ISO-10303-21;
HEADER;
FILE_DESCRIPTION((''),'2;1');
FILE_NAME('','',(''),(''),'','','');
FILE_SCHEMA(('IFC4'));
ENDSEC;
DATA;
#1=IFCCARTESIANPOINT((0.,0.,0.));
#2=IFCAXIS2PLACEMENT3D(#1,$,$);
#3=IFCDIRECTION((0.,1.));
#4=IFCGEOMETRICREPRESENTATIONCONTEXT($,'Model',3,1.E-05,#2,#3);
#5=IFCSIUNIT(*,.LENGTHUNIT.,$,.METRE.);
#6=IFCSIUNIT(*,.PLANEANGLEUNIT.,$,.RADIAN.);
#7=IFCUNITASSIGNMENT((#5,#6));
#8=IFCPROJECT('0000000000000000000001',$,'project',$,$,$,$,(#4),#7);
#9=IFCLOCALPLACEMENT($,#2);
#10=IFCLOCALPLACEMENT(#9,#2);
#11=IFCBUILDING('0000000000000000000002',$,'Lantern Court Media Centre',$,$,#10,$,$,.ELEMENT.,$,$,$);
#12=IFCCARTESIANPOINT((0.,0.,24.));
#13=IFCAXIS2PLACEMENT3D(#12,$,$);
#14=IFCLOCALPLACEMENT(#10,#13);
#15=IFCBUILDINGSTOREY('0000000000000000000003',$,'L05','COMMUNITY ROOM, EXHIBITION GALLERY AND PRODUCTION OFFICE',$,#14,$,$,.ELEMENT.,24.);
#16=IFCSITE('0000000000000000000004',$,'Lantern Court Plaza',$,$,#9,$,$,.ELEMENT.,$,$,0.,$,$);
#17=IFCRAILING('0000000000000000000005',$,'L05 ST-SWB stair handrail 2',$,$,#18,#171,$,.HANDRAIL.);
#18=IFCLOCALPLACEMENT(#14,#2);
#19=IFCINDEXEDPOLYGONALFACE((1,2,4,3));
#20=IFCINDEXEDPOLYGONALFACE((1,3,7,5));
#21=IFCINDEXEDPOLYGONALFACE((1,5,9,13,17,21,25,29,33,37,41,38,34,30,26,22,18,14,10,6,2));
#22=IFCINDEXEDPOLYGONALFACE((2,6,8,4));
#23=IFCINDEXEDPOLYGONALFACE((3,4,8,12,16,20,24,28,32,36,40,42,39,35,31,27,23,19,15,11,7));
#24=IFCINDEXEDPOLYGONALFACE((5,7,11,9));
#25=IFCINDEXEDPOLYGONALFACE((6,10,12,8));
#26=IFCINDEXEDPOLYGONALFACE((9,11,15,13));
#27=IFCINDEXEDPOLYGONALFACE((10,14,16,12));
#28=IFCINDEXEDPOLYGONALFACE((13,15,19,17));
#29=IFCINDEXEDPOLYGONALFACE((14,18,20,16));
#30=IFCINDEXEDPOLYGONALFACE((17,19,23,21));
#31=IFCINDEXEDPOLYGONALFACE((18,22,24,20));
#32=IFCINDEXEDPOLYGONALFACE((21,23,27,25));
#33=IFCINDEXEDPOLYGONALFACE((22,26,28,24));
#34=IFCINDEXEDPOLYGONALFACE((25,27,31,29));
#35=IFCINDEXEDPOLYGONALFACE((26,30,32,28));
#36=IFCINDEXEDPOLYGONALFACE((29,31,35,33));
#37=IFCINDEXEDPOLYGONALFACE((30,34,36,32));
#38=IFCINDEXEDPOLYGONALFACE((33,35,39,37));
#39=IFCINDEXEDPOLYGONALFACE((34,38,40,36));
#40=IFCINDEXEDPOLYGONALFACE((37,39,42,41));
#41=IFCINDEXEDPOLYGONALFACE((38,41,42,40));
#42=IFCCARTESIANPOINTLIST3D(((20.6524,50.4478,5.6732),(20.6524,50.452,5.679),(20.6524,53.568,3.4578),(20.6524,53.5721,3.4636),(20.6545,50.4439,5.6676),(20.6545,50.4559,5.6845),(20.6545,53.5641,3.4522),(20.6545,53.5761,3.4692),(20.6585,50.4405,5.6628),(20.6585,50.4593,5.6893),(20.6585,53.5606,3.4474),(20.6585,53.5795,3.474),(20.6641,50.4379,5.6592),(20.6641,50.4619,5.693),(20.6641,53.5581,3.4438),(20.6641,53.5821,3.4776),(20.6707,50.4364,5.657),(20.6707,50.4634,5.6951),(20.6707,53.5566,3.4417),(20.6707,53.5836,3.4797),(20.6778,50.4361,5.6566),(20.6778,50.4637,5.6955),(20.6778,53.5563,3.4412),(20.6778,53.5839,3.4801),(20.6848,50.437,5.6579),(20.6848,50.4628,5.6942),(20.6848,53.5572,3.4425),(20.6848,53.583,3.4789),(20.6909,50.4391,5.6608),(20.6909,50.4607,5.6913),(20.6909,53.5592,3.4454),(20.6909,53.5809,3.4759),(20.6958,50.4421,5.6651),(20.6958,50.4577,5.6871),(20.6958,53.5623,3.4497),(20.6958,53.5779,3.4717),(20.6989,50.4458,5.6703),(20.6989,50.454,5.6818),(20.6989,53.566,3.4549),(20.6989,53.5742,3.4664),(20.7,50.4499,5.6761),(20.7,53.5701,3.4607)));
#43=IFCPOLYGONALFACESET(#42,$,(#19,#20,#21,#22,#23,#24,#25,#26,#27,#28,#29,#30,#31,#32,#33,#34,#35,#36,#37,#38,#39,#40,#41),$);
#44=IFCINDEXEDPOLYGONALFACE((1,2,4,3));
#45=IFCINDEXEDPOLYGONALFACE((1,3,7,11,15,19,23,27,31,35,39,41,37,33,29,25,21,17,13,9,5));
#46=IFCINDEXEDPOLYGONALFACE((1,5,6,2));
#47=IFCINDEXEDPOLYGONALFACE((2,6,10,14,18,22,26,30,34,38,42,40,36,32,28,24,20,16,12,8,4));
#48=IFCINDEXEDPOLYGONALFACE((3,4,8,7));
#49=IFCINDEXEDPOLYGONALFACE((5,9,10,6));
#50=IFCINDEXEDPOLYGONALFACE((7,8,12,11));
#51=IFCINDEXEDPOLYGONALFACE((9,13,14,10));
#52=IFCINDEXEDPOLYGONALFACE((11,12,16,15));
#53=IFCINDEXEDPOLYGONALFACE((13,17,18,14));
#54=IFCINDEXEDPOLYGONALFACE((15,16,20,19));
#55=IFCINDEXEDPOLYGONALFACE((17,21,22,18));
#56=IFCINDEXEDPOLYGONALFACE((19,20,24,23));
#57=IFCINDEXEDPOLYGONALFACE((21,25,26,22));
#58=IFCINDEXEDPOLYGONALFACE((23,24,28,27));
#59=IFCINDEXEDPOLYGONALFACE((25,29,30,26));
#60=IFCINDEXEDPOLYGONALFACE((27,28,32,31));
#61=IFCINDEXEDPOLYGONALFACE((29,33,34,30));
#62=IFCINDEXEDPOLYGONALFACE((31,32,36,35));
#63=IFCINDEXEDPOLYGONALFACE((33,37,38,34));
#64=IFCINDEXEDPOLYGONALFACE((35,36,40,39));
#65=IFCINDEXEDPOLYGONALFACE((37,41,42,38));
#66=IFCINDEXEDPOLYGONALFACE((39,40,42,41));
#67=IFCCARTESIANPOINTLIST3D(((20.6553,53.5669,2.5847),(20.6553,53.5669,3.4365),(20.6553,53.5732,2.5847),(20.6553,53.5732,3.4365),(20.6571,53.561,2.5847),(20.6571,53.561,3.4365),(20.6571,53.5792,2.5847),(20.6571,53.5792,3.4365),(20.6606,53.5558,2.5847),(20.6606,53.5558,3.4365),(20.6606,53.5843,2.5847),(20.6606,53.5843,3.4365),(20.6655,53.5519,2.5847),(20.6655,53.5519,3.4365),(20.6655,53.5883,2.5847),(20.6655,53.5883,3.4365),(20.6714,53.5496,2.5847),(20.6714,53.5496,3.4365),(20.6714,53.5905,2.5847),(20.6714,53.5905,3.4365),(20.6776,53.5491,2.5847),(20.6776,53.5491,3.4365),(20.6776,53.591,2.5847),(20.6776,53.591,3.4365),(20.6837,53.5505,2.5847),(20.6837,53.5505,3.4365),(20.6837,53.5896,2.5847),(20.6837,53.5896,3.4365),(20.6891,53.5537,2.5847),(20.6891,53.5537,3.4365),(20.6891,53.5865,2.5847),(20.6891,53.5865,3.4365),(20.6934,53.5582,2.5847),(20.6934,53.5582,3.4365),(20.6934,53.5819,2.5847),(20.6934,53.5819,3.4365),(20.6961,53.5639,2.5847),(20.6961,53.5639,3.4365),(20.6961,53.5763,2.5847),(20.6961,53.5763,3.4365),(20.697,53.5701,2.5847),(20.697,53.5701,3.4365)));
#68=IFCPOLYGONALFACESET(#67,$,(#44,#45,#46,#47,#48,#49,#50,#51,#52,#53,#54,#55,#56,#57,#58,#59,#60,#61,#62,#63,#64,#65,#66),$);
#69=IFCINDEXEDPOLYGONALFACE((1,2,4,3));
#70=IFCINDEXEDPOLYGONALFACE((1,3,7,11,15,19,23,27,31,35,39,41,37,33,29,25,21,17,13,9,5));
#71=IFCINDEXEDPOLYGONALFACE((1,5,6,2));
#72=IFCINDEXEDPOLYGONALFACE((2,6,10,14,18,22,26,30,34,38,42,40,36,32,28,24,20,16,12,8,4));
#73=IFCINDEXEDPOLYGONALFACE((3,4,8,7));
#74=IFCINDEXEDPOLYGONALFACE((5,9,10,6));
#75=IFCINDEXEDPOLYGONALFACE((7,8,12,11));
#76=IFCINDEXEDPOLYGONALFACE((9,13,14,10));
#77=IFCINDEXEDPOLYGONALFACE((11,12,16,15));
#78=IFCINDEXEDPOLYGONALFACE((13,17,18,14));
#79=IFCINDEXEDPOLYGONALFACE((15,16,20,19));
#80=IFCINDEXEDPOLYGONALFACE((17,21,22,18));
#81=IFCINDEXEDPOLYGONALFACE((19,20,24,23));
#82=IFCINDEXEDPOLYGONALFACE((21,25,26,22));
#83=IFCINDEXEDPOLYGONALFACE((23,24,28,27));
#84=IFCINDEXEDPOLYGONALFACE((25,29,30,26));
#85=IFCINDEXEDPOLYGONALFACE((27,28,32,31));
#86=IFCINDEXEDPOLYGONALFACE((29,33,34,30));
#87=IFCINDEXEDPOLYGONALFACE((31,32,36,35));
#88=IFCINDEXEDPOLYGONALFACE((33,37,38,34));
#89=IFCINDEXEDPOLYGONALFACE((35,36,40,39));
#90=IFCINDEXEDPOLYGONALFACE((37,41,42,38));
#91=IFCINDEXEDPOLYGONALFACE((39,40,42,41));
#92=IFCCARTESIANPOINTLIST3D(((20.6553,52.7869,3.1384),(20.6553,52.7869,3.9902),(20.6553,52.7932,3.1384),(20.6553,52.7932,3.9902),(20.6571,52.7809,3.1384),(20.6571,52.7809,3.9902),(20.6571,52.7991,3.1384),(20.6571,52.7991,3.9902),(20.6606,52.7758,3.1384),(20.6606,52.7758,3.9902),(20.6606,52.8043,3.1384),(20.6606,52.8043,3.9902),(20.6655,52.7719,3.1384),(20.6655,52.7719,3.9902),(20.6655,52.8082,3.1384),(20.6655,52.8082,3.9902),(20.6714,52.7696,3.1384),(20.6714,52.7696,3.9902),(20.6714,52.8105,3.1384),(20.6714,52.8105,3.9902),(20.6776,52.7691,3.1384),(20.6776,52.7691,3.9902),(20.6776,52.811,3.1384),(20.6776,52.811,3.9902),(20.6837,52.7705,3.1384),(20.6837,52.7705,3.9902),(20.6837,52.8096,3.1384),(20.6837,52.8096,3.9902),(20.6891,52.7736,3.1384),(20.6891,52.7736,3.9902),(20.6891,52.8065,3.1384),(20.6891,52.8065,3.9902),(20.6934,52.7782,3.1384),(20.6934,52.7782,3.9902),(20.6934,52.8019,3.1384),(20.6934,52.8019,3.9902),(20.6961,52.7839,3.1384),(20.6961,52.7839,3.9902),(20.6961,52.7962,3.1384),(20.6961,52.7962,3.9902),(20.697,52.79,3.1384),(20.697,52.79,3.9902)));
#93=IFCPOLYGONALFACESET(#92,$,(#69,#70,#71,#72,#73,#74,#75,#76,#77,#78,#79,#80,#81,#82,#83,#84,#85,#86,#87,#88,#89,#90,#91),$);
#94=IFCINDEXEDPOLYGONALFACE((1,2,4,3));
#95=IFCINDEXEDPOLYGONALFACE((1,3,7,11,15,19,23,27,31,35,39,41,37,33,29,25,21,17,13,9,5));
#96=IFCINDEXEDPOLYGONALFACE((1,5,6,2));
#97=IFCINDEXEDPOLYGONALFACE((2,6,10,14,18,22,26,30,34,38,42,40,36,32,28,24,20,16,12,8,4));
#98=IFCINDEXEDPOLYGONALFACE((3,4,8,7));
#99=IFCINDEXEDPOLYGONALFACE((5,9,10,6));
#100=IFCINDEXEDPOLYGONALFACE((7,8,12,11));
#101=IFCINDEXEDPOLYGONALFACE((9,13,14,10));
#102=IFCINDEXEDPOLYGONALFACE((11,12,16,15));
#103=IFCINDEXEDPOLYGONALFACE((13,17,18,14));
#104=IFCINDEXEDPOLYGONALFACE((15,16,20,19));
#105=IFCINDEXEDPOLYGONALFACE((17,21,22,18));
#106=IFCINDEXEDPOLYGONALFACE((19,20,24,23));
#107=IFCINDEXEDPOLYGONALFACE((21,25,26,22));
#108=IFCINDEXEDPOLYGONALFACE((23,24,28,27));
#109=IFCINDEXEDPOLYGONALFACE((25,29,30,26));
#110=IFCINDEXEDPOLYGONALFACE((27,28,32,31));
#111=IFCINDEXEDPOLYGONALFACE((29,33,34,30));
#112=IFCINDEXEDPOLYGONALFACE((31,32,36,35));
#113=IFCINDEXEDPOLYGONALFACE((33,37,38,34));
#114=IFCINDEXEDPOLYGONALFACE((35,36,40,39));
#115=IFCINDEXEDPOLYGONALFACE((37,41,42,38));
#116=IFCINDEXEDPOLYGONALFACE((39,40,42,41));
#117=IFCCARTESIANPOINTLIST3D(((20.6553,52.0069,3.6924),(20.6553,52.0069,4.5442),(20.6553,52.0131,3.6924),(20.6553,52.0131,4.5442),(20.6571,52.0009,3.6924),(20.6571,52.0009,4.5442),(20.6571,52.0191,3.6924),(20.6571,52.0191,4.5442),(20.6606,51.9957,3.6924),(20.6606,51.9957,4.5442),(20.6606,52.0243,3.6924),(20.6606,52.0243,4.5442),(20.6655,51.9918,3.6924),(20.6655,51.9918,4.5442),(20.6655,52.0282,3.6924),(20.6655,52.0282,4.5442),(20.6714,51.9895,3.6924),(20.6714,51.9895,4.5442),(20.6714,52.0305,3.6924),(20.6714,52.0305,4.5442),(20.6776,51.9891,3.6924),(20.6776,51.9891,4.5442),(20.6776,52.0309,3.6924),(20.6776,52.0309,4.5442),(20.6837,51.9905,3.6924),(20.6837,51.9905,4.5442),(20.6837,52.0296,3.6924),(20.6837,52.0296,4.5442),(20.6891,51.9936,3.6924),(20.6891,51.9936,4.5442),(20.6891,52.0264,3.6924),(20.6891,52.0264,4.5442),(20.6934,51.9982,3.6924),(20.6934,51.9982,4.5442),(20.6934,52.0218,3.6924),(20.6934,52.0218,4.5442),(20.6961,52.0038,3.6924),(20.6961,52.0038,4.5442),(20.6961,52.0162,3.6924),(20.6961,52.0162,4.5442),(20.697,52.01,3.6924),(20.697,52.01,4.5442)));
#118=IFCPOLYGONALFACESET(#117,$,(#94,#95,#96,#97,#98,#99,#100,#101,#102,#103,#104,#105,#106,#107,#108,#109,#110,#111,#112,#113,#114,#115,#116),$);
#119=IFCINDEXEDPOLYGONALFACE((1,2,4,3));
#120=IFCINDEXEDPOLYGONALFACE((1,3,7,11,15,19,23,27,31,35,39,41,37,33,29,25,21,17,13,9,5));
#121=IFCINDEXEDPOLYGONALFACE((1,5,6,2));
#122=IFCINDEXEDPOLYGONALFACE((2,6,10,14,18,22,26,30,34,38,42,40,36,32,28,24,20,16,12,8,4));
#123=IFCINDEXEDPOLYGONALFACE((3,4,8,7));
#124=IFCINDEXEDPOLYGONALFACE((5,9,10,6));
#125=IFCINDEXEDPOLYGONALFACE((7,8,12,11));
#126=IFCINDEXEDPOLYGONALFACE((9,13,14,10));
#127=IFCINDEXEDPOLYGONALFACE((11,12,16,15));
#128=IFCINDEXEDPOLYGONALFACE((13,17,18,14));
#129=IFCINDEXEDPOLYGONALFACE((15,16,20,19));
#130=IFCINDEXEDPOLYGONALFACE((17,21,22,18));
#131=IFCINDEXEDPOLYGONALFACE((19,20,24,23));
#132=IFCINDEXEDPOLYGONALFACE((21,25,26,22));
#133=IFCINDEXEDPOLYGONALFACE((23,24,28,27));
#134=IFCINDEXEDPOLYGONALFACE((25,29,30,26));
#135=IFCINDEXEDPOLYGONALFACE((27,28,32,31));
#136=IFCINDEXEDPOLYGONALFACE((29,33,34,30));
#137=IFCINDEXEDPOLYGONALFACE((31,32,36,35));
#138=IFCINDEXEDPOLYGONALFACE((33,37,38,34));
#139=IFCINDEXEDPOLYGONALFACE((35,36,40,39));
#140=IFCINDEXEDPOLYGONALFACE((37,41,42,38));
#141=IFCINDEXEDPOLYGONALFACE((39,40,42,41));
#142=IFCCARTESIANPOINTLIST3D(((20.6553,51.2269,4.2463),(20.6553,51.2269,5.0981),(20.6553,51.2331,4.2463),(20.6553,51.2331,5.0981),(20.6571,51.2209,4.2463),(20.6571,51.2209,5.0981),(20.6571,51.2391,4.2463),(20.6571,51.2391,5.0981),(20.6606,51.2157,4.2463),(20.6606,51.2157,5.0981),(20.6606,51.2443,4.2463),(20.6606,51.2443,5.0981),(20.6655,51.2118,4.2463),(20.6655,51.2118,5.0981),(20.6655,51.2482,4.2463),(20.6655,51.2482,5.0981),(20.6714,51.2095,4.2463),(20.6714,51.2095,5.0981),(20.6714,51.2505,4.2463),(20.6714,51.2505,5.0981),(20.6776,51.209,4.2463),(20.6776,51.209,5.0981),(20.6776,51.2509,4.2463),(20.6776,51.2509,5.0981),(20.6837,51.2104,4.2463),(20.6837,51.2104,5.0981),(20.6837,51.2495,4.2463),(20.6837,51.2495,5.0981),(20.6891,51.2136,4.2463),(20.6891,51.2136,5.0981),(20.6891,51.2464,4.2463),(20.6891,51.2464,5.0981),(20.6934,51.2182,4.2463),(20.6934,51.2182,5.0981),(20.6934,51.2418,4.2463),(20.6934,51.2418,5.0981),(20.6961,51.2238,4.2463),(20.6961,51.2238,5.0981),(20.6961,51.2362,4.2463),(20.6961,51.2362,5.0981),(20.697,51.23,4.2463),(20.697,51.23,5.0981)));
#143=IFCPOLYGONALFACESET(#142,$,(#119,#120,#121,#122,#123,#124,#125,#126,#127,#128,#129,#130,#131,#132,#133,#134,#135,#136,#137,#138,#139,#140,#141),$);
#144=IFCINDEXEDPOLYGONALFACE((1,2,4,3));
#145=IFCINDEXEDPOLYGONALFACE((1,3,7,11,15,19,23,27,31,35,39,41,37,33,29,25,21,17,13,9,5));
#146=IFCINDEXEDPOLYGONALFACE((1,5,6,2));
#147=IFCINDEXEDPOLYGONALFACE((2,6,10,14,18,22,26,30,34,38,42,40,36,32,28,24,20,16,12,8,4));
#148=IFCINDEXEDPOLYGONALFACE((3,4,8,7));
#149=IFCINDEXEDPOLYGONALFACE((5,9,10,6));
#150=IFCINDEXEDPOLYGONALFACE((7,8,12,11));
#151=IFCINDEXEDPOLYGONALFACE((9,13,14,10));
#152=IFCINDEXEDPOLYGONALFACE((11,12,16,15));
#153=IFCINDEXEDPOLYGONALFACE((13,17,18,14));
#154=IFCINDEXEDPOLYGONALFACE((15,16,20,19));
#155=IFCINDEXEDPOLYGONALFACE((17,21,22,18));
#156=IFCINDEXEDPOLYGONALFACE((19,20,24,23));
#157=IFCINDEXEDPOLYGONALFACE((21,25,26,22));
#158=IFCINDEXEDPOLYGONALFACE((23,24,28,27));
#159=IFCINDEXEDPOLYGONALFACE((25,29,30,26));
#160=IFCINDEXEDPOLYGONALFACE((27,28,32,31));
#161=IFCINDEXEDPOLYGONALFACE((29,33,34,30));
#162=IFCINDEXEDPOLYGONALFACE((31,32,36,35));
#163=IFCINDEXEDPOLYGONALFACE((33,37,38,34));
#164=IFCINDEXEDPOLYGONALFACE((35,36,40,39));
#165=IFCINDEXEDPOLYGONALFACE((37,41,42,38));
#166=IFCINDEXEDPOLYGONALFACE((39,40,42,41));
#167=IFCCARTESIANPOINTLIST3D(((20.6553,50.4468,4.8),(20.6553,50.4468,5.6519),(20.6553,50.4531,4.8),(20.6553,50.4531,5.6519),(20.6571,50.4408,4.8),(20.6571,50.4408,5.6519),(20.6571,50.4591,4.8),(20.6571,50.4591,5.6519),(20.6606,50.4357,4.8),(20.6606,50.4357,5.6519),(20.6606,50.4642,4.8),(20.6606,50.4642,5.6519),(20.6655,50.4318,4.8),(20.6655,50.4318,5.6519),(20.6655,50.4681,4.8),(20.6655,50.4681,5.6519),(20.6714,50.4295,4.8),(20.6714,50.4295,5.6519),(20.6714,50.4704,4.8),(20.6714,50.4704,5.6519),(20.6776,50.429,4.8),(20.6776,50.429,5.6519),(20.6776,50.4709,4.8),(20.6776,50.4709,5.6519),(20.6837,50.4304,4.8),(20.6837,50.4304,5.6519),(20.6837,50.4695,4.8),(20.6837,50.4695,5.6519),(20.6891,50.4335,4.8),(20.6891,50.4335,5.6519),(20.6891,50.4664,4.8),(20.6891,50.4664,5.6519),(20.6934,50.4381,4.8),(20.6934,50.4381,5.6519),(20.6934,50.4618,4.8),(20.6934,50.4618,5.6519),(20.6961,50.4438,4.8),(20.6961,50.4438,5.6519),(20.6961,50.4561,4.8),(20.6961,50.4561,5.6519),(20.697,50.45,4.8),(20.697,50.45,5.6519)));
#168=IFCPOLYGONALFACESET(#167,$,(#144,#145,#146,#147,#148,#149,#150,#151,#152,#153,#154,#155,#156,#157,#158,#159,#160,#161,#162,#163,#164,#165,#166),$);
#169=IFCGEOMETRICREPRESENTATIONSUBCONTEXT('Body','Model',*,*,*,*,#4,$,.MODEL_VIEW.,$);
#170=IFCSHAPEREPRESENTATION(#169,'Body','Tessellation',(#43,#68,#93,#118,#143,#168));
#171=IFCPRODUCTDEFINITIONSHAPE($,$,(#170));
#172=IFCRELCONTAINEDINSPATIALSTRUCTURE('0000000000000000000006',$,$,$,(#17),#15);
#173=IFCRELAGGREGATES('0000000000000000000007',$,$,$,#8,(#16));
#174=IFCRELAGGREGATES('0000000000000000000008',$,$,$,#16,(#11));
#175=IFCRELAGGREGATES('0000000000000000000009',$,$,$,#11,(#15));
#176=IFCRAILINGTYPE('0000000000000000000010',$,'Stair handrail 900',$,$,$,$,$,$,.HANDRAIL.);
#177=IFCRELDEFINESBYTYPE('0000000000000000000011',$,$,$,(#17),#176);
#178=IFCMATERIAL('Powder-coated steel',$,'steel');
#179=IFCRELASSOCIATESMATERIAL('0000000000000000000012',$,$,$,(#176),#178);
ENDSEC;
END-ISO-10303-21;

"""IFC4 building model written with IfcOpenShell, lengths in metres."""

from ifc_helpers import new_model, si_unit, direction, frame, origin, origin_2d, place, context, subcontext, project, spatial, circle, extrude, material, type_object, element, save


model = new_model("IFC4")

# Units and contexts
model_context = context("Model", 3, precision=1e-05, world=origin(), true_north=direction((0.0, 1.0)))
body_context = subcontext(model_context, "Body", "Model", "MODEL_VIEW")
ifc_project = project(units=[si_unit("LENGTHUNIT", "METRE"), si_unit("PLANEANGLEUNIT", "RADIAN")], contexts=[model_context])

# Site, building, storey
site_placement = place(None, origin())
site = spatial("IfcSite", under=ifc_project, at=site_placement, Name="Lantern Court Plaza", CompositionType="ELEMENT", RefElevation=0.0)
building_placement = place(site_placement, origin())
building = spatial("IfcBuilding", under=site, at=building_placement, Name="Lantern Court Media Centre", CompositionType="ELEMENT")
storey_placement = place(building_placement, frame((0.0, 0.0, 24.0)))
storey = spatial("IfcBuildingStorey", under=building, at=storey_placement, Name="L05", Description="COMMUNITY ROOM, EXHIBITION GALLERY AND PRODUCTION OFFICE", CompositionType="ELEMENT", Elevation=24.0)

# Railing
ifc_material_1 = material(Name="Powder-coated steel", Category="steel")
railing_type_1 = type_object("IfcRailingType", Name="Stair handrail 900", PredefinedType="HANDRAIL", material=ifc_material_1)
railing_1_placement = place(storey_placement, frame((20.676, 53.5701, 2.5847)))
element("IfcRailing", 1, at=railing_1_placement, inside=storey, type_object=railing_type_1, Name="L05 ST-SWB stair handrail 2", PredefinedType="HANDRAIL", context=body_context, shape_type="SweptSolid", body=[
    extrude(circle(Radius=0.0239, at=origin_2d()), frame((0.0, 0.0, 0.876), z_axis=(0.0, -0.815377, 0.57893), x_axis=(1.0, 0.0, 0.0)), (0.0, 0.0, 1.0), 3.8267),
    extrude(circle(Radius=0.021, at=origin_2d()), origin(), (0.0, 0.0, 1.0), 0.8518),
    extrude(circle(Radius=0.021, at=origin_2d()), frame((0.0, -0.78, 0.5537)), (0.0, 0.0, 1.0), 0.8518),
    extrude(circle(Radius=0.021, at=origin_2d()), frame((0.0, -1.5601, 1.1077)), (0.0, 0.0, 1.0), 0.8518),
    extrude(circle(Radius=0.021, at=origin_2d()), frame((0.0, -2.3401, 1.6616)), (0.0, 0.0, 1.0), 0.8518),
    extrude(circle(Radius=0.021, at=origin_2d()), frame((0.0, -3.1201, 2.2153)), (0.0, 0.0, 1.0), 0.8518),
])

save(model, "model.ifc")
